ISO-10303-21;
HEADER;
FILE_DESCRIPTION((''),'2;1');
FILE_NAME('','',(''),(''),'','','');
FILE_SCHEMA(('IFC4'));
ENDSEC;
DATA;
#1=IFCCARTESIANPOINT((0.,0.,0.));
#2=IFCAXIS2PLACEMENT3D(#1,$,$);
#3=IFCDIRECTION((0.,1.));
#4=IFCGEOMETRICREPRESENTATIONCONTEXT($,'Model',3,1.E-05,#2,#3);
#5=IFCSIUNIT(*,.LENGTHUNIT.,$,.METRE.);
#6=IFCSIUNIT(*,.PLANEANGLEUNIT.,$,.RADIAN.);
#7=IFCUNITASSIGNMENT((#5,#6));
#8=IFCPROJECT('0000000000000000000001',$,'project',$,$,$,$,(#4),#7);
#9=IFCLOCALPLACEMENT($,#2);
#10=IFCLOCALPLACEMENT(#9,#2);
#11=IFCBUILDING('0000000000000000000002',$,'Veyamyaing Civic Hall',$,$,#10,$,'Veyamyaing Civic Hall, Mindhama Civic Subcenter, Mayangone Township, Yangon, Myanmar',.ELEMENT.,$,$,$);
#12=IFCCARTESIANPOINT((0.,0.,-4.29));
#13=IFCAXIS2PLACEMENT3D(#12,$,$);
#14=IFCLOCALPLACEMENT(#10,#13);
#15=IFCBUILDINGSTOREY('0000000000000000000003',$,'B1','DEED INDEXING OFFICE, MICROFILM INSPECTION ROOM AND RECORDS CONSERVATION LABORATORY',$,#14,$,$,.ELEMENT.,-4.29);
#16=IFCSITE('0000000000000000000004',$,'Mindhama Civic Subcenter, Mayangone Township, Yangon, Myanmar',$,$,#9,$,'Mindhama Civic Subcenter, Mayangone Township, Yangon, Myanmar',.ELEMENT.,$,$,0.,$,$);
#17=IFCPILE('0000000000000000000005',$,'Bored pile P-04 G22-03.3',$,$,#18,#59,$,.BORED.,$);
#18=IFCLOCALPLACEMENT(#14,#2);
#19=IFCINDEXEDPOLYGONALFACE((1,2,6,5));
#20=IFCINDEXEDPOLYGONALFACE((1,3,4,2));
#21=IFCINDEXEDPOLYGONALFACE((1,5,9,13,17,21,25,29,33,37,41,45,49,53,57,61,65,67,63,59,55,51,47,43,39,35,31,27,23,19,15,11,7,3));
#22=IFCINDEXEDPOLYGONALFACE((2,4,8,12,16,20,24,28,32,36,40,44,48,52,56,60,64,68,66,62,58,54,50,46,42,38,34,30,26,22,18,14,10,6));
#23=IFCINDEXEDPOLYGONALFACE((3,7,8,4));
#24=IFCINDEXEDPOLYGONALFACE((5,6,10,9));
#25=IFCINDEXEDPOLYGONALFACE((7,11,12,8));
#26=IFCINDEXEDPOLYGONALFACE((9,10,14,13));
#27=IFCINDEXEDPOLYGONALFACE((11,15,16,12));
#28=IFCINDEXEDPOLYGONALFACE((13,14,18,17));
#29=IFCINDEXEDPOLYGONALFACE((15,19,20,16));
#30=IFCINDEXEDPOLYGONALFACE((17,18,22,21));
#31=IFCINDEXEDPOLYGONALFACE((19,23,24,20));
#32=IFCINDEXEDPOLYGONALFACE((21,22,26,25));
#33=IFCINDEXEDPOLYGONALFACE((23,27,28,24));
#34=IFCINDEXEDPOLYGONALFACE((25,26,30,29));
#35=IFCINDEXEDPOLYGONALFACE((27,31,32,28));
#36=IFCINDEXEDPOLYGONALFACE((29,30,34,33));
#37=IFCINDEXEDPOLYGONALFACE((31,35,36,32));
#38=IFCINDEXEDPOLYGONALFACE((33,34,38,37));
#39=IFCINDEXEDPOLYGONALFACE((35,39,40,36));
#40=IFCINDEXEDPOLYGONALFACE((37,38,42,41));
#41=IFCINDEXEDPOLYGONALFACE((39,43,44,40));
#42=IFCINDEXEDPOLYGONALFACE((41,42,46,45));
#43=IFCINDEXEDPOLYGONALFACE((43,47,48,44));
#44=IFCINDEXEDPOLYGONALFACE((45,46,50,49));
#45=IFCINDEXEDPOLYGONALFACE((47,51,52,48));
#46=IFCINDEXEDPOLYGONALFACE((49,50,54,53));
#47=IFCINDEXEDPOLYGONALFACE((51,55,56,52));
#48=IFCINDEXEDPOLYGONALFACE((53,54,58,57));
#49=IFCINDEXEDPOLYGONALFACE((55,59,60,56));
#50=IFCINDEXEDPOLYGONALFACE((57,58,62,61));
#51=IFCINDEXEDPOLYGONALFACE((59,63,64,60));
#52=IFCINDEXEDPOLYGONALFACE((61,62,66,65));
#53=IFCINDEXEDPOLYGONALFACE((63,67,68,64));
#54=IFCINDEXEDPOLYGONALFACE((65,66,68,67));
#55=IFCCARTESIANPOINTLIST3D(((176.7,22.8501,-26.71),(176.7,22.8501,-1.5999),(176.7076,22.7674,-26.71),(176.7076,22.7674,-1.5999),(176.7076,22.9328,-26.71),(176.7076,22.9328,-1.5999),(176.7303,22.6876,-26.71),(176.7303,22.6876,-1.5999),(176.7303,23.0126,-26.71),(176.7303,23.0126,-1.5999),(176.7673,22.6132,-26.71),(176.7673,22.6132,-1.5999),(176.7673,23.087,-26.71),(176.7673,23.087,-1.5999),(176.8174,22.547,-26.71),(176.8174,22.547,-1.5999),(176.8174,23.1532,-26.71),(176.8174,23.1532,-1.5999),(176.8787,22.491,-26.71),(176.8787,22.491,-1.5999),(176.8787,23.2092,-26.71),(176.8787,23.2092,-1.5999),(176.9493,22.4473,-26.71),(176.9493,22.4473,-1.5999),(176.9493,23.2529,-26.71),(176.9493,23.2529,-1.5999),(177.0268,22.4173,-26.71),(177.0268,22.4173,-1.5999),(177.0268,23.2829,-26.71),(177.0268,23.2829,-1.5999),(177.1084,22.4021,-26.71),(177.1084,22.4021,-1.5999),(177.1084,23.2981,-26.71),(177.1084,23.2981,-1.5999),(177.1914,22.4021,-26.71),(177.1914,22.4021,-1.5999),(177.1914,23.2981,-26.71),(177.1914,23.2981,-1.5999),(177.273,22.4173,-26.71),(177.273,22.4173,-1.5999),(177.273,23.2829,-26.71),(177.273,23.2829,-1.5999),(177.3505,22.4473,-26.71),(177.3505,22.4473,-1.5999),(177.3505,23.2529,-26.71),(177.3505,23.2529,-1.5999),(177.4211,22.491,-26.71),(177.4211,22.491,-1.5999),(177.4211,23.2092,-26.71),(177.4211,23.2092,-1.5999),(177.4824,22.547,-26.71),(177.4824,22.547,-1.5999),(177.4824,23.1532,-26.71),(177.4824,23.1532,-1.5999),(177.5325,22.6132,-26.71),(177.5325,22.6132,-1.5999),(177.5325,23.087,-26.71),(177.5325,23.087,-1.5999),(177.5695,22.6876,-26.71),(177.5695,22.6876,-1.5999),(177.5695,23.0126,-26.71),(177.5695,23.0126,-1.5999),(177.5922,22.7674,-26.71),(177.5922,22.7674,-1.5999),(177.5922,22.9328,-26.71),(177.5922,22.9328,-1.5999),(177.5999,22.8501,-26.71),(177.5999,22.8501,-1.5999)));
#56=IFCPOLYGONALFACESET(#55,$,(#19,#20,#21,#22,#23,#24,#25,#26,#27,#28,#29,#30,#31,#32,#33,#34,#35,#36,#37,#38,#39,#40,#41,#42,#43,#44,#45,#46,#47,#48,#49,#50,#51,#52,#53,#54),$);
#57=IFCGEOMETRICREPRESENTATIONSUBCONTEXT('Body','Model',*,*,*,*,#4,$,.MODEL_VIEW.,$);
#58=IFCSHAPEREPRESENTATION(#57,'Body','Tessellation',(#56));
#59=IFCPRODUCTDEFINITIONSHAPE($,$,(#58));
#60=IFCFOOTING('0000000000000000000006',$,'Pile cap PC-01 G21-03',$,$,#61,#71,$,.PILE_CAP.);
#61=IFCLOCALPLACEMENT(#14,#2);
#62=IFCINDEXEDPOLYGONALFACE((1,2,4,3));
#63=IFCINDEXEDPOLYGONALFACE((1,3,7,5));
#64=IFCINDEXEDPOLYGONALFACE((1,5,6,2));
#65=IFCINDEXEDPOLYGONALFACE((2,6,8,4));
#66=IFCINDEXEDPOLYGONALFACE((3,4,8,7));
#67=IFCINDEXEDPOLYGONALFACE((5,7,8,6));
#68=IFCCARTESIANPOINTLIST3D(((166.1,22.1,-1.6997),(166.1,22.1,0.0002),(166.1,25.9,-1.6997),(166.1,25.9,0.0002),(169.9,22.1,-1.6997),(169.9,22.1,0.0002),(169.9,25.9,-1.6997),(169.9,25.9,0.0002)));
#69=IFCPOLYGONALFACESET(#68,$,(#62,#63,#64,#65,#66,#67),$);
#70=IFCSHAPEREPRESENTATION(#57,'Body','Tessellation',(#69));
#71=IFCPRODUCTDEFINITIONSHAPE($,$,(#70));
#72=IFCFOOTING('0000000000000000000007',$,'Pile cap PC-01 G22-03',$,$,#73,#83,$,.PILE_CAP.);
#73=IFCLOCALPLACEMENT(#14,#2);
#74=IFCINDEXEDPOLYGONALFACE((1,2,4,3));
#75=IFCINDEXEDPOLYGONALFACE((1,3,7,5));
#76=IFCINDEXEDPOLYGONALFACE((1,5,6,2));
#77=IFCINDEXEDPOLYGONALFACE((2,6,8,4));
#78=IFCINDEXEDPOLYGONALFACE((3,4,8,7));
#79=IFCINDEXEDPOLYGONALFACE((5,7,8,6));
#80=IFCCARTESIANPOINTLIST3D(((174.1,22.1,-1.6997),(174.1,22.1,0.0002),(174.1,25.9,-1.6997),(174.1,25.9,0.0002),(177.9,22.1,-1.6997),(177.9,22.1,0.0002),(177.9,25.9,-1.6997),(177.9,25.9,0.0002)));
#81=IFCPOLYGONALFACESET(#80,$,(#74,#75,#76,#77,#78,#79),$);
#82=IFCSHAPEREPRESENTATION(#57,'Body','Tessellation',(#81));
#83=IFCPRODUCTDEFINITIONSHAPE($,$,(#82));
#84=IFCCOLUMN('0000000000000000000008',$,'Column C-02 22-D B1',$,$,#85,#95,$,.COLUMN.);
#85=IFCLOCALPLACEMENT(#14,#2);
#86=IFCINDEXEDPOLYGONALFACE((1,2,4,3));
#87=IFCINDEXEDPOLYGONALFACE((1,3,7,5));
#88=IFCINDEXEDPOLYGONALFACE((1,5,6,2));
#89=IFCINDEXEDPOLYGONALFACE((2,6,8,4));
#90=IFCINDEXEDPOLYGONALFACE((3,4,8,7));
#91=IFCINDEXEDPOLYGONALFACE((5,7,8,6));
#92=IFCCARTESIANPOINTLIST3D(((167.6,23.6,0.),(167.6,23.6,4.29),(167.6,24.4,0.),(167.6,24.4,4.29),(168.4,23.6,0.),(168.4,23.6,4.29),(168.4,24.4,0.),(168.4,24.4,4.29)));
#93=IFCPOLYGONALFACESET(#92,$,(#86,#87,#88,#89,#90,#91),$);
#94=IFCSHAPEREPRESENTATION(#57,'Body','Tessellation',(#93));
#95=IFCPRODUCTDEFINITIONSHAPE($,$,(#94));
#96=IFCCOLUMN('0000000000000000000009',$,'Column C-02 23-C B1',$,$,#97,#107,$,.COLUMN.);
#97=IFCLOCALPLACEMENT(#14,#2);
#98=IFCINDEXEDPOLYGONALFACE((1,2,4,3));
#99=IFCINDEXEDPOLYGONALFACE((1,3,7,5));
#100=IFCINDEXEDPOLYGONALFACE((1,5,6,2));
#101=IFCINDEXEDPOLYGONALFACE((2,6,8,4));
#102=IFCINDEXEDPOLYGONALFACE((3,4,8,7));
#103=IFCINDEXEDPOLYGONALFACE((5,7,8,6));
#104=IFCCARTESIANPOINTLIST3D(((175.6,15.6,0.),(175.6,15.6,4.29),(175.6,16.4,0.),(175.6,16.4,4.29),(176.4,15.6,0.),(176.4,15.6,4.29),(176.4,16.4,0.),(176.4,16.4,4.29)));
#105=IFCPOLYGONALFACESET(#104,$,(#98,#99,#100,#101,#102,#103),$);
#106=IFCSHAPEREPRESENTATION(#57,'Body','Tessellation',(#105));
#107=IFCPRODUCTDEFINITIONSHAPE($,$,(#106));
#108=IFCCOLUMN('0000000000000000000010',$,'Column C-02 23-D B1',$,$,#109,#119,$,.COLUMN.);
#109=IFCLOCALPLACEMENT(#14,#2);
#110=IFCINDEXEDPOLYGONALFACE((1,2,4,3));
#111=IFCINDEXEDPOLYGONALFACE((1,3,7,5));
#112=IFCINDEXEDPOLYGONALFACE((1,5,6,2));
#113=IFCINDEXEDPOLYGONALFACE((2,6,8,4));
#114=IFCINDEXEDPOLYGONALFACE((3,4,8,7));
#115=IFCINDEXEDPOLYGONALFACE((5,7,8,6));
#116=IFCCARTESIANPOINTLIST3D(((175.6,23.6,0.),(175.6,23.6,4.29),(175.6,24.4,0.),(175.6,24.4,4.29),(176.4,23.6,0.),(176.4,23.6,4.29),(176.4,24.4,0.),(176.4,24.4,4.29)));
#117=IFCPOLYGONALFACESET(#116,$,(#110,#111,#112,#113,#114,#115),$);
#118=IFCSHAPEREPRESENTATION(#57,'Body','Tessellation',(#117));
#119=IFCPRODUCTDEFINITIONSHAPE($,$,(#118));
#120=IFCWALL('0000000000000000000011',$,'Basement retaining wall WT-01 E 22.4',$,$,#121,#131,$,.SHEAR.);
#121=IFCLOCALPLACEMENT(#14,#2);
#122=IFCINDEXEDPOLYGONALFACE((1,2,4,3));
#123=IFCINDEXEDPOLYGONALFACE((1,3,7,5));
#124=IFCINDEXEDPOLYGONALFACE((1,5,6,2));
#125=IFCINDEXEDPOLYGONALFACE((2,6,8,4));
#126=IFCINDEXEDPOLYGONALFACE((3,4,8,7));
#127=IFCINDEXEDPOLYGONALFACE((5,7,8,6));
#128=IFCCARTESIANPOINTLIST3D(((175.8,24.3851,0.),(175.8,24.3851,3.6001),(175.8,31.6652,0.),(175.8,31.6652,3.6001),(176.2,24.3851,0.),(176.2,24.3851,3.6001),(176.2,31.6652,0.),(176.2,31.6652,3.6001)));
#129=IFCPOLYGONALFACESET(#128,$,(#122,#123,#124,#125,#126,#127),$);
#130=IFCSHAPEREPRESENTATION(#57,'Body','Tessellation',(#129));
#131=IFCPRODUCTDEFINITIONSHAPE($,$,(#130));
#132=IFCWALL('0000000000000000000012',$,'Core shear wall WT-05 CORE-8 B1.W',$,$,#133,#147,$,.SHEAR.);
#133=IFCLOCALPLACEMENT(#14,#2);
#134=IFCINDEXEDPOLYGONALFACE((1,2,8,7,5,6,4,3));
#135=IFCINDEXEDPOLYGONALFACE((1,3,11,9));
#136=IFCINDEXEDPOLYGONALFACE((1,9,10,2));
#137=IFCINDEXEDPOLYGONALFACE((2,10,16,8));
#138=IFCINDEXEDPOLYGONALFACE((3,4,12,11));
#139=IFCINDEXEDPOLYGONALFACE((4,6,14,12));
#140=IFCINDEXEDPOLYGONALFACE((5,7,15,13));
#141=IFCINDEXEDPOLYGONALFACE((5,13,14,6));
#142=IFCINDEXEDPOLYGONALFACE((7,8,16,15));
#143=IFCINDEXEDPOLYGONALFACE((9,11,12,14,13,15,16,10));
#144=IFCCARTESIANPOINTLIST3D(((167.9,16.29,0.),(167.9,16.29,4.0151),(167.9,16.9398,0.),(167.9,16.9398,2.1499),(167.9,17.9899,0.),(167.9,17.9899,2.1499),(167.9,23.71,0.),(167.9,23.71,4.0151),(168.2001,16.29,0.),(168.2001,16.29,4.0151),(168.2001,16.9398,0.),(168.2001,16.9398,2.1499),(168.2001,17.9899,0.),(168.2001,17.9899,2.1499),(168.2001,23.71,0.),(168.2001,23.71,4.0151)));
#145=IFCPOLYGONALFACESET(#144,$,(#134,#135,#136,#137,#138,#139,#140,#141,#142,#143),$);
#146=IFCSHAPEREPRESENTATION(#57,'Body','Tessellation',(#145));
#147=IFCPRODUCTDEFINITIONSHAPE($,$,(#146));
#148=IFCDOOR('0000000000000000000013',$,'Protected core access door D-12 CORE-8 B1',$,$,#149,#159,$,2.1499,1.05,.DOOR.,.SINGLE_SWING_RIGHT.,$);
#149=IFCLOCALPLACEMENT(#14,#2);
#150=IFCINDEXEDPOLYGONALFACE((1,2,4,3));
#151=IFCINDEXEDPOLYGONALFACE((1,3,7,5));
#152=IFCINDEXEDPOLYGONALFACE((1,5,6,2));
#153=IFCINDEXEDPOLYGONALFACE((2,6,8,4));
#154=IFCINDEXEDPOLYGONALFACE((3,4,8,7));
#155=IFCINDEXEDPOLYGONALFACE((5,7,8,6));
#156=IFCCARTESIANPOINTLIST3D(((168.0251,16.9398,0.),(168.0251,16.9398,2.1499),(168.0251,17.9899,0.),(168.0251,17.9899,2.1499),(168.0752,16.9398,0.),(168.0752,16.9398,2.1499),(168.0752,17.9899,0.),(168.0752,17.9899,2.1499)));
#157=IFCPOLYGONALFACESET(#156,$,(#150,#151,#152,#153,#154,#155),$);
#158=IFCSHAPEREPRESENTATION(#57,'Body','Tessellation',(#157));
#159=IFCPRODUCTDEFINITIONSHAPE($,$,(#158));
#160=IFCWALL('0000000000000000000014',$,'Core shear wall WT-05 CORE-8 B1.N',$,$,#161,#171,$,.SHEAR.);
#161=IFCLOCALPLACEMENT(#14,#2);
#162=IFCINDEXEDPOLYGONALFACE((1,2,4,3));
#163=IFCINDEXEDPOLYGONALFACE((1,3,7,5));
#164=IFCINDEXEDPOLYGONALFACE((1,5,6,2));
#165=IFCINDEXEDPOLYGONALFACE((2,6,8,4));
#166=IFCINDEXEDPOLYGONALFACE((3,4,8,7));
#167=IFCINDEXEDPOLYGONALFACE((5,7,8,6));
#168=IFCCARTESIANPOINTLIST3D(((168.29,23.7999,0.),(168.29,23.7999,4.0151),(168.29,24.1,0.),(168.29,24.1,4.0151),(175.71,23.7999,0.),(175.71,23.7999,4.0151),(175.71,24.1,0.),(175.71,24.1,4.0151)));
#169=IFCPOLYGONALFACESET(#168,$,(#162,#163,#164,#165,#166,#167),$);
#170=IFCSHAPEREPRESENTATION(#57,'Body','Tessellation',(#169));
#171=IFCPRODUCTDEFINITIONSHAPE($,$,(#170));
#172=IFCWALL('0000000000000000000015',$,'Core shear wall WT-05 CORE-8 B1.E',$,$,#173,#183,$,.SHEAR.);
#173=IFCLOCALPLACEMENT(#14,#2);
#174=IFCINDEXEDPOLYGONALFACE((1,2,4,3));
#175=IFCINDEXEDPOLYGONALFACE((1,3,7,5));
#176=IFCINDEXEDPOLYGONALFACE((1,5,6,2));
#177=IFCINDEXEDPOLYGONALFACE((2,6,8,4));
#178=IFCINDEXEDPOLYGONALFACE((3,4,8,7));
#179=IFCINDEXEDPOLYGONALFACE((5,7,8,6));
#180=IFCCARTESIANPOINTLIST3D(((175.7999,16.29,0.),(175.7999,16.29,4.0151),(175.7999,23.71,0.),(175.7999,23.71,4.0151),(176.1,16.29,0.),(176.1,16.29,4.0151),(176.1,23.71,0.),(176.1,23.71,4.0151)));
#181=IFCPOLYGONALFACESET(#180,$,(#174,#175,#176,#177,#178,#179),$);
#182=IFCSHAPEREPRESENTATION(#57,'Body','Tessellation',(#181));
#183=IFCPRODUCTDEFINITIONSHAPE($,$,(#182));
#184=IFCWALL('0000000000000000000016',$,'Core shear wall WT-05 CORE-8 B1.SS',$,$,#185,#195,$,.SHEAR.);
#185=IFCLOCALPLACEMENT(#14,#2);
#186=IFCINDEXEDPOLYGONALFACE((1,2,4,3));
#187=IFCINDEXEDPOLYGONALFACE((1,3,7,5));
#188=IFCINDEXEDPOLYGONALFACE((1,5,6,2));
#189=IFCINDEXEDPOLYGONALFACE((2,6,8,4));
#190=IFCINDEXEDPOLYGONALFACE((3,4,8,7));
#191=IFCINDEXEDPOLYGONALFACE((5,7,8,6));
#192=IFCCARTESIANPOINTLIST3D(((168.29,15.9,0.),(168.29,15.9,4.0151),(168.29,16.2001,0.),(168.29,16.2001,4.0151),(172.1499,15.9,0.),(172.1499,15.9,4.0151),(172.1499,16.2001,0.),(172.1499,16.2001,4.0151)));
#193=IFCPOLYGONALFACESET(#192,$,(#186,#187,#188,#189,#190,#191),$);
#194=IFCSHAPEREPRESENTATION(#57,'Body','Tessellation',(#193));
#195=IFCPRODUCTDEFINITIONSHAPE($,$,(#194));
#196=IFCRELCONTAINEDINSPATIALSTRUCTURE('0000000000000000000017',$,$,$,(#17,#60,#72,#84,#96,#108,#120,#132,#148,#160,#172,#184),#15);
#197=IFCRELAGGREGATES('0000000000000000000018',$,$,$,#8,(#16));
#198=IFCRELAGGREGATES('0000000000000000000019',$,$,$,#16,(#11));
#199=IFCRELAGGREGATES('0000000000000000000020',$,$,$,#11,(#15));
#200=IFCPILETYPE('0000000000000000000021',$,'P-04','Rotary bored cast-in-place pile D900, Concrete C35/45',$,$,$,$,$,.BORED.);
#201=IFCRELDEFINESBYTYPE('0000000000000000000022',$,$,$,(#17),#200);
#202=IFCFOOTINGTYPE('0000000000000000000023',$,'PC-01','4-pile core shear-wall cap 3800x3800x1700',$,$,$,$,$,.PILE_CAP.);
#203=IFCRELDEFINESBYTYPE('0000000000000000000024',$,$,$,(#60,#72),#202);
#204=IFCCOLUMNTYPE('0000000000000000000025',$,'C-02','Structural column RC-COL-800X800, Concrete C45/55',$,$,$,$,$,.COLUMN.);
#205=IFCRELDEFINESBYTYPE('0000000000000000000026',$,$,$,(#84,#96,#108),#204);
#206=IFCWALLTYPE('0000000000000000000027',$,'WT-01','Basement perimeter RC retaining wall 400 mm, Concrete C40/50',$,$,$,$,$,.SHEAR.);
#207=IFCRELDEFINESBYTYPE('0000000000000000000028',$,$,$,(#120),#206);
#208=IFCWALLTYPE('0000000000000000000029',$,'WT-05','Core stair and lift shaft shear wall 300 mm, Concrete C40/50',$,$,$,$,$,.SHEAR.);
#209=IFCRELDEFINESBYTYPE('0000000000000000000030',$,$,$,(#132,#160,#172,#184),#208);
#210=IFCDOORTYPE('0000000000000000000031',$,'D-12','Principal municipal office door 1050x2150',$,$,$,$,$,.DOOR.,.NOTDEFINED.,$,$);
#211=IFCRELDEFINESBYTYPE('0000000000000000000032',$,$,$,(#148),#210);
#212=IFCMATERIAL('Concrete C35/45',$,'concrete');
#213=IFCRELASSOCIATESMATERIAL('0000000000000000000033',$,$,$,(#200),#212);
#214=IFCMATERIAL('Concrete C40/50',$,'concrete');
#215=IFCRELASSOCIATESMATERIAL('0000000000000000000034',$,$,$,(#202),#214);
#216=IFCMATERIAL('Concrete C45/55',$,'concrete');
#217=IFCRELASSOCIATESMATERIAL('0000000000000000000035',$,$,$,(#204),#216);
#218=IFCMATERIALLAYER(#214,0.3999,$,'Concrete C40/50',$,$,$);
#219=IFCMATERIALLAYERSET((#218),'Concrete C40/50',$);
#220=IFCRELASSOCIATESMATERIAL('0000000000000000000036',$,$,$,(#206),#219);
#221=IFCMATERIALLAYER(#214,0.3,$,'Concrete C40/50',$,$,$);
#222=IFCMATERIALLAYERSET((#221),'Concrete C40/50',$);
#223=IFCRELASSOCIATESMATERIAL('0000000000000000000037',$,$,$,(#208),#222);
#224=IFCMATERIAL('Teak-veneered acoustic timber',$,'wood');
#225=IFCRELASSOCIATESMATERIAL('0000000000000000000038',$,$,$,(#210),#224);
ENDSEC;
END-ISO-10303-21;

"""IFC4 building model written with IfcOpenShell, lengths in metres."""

from ifc_helpers import new_model, si_unit, direction, frame, frame_2d, origin, origin_2d, place, context, subcontext, project, spatial, rectangle, circle, extrude, material, layer, layer_set, material_profile, profile_set, type_object, element, fill, save


model = new_model("IFC4")

# Units and contexts
model_context = context("Model", 3, precision=1e-05, world=origin(), true_north=direction((0.0, 1.0)))
body_context = subcontext(model_context, "Body", "Model", "MODEL_VIEW")
ifc_project = project(units=[si_unit("LENGTHUNIT", "METRE"), si_unit("PLANEANGLEUNIT", "RADIAN")], contexts=[model_context])

# Site, building, storey
site_placement = place(None, origin())
site = spatial("IfcSite", under=ifc_project, at=site_placement, Name="Mindhama Civic Subcenter, Mayangone Township, Yangon, Myanmar", LongName="Mindhama Civic Subcenter, Mayangone Township, Yangon, Myanmar", CompositionType="ELEMENT", RefElevation=0.0)
building_placement = place(site_placement, origin())
building = spatial("IfcBuilding", under=site, at=building_placement, Name="Veyamyaing Civic Hall", LongName="Veyamyaing Civic Hall, Mindhama Civic Subcenter, Mayangone Township, Yangon, Myanmar", CompositionType="ELEMENT")
storey_placement = place(building_placement, frame((0.0, 0.0, -4.29)))
storey = spatial("IfcBuildingStorey", under=building, at=storey_placement, Name="B1", Description="DEED INDEXING OFFICE, MICROFILM INSPECTION ROOM AND RECORDS CONSERVATION LABORATORY", CompositionType="ELEMENT", Elevation=-4.29)

# Shared definitions
ifc_material_1 = material(Name="Concrete C40/50", Category="concrete")

# Pile
ifc_material_2 = material(Name="Concrete C35/45", Category="concrete")
ifc_material_profile_1 = material_profile(ifc_material_2, circle(Radius=0.45, at=origin_2d()), Name="PILE-D900")
ifc_profile_set_1 = profile_set([ifc_material_profile_1], Name="Concrete C35/45")
pile_type = type_object("IfcPileType", Name="P-04", Description="Rotary bored cast-in-place pile D900, Concrete C35/45", PredefinedType="BORED", material=ifc_profile_set_1)
for number, where, z_axis, x_axis, name in (
    (1, (177.1499, 22.8501, -1.5999), (0.0, 0.0, -1.0), (1.0, 0.0, 0.0), "Bored pile P-04 G22-03.3"),
):
    element("IfcPile", number, at=place(storey_placement, frame(where, z_axis=z_axis, x_axis=x_axis)), inside=storey, type_object=pile_type, Name=name, PredefinedType="BORED", context=body_context, shape_type="SweptSolid", body=[
        extrude(circle(Radius=0.45, at=origin_2d()), origin(), (0.0, 0.0, 1.0), 25.1101),
    ])

# Footings
footing_type_1 = type_object("IfcFootingType", Name="PC-01", Description="4-pile core shear-wall cap 3800x3800x1700", PredefinedType="PILE_CAP", material=ifc_material_1)
for number, where, z_axis, x_axis, name in (
    (2, (168.0, 24.0, -1.6997), (0.0, 0.0, 1.0), (1.0, 0.0, 0.0), "Pile cap PC-01 G21-03"),
    (3, (176.0, 24.0, -1.6997), (0.0, 0.0, 1.0), (1.0, 0.0, 0.0), "Pile cap PC-01 G22-03"),
):
    element("IfcFooting", number, at=place(storey_placement, frame(where, z_axis=z_axis, x_axis=x_axis)), inside=storey, type_object=footing_type_1, Name=name, PredefinedType="PILE_CAP", context=body_context, shape_type="SweptSolid", body=[
        extrude(rectangle(XDim=3.8, YDim=3.8, at=origin_2d()), origin(), (0.0, 0.0, 1.0), 1.7),
    ])

# Columns
ifc_material_3 = material(Name="Concrete C45/55", Category="concrete")
ifc_material_profile_2 = material_profile(ifc_material_3, rectangle(XDim=0.8, YDim=0.8, at=origin_2d()), Name="RC-COL-800X800")
ifc_profile_set_2 = profile_set([ifc_material_profile_2], Name="Concrete C45/55")
column_type = type_object("IfcColumnType", Name="C-02", Description="Structural column RC-COL-800X800, Concrete C45/55", PredefinedType="COLUMN", material=ifc_profile_set_2)
for number, where, z_axis, x_axis, name in (
    (4, (168.0, 24.0, 0.0), (0.0, 0.0, 1.0), (1.0, 0.0, 0.0), "Column C-02 22-D B1"),
    (5, (176.0, 16.0, 0.0), (0.0, 0.0, 1.0), (1.0, 0.0, 0.0), "Column C-02 23-C B1"),
    (6, (176.0, 24.0, 0.0), (0.0, 0.0, 1.0), (1.0, 0.0, 0.0), "Column C-02 23-D B1"),
):
    element("IfcColumn", number, at=place(storey_placement, frame(where, z_axis=z_axis, x_axis=x_axis)), inside=storey, type_object=column_type, Name=name, PredefinedType="COLUMN", context=body_context, shape_type="SweptSolid", body=[
        extrude(rectangle(XDim=0.8, YDim=0.8, at=origin_2d()), origin(), (0.0, 0.0, 1.0), 4.29),
    ])

# Wall
ifc_layer_1 = layer(ifc_material_1, 0.3999, Name="Concrete C40/50")
ifc_layer_set_1 = layer_set([ifc_layer_1], Name="Concrete C40/50")
wall_type_1 = type_object("IfcWallType", Name="WT-01", Description="Basement perimeter RC retaining wall 400 mm, Concrete C40/50", PredefinedType="SHEAR", material=ifc_layer_set_1)
wall_1_placement = place(storey_placement, frame((176.0, 24.385, 0.0), z_axis=(0.0, 0.0, 1.0), x_axis=(0.0, 1.0, 0.0)))
element("IfcWall", 7, at=wall_1_placement, inside=storey, type_object=wall_type_1, Name="Basement retaining wall WT-01 E 22.4", PredefinedType="SHEAR", context=body_context, shape_type="SweptSolid", body=[
    extrude(rectangle(XDim=7.28, YDim=0.3999, at=frame_2d((3.6401, 0.0))), origin(), (0.0, 0.0, 1.0), 3.6001),
])

# Wall, opening, door
ifc_layer_2 = layer(ifc_material_1, 0.3, Name="Concrete C40/50")
ifc_layer_set_2 = layer_set([ifc_layer_2], Name="Concrete C40/50")
wall_type_2 = type_object("IfcWallType", Name="WT-05", Description="Core stair and lift shaft shear wall 300 mm, Concrete C40/50", PredefinedType="SHEAR", material=ifc_layer_set_2)
wall_2_placement = place(storey_placement, frame((168.05, 16.29, 0.0), z_axis=(0.0, 0.0, 1.0), x_axis=(0.0, 1.0, 0.0)))
wall_2 = element("IfcWall", 8, at=wall_2_placement, inside=storey, type_object=wall_type_2, Name="Core shear wall WT-05 CORE-8 B1.W", PredefinedType="SHEAR", context=body_context, shape_type="SweptSolid", body=[
    extrude(rectangle(XDim=7.4199, YDim=0.3, at=frame_2d((3.71, 0.0))), origin(), (0.0, 0.0, 1.0), 4.0151),
])
opening_1_placement = place(wall_2_placement, frame((0.6499, 0.0, 0.0)))
opening_1 = element("IfcOpeningElement", 9, at=opening_1_placement, cuts=wall_2, PredefinedType="OPENING", context=body_context, shape_type="SweptSolid", body=[
    extrude(rectangle(XDim=1.05, YDim=2.1499, at=frame_2d((0.5249, 1.075))), frame((0.0, 0.1599, 0.0), z_axis=(0.0, -1.0, 0.0), x_axis=(1.0, 0.0, 0.0)), (0.0, 0.0, 1.0), 0.3201),
])
ifc_material_4 = material(Name="Teak-veneered acoustic timber", Category="wood")
door_type_1 = type_object("IfcDoorType", Name="D-12", Description="Principal municipal office door 1050x2150", OperationType="NOTDEFINED", PredefinedType="DOOR", material=ifc_material_4)
door_1_placement = place(opening_1_placement, origin())
door_1 = element("IfcDoor", 10, at=door_1_placement, inside=storey, type_object=door_type_1, Name="Protected core access door D-12 CORE-8 B1", OperationType="SINGLE_SWING_RIGHT", OverallHeight=2.1499, OverallWidth=1.05, PredefinedType="DOOR", context=body_context, shape_type="SweptSolid", body=[
    extrude(rectangle(XDim=1.05, YDim=2.1499, at=frame_2d((0.5249, 1.075))), frame((0.0, 0.0249, 0.0), z_axis=(0.0, -1.0, 0.0), x_axis=(1.0, 0.0, 0.0)), (0.0, 0.0, 1.0), 0.05),
])
fill(opening_1, door_1)

# Walls
for number, where, z_axis, x_axis, name in (
    (11, (168.29, 23.95, 0.0), (0.0, 0.0, 1.0), (1.0, 0.0, 0.0), "Core shear wall WT-05 CORE-8 B1.N"),
    (12, (175.95, 16.29, 0.0), (0.0, 0.0, 1.0), (0.0, 1.0, 0.0), "Core shear wall WT-05 CORE-8 B1.E"),
):
    element("IfcWall", number, at=place(storey_placement, frame(where, z_axis=z_axis, x_axis=x_axis)), inside=storey, type_object=wall_type_2, Name=name, PredefinedType="SHEAR", context=body_context, shape_type="SweptSolid", body=[
        extrude(rectangle(XDim=7.4199, YDim=0.3, at=frame_2d((3.71, 0.0))), origin(), (0.0, 0.0, 1.0), 4.0151),
    ])
wall_3_placement = place(storey_placement, frame((168.29, 16.05, 0.0), z_axis=(0.0, 0.0, 1.0), x_axis=(1.0, 0.0, 0.0)))
element("IfcWall", 13, at=wall_3_placement, inside=storey, type_object=wall_type_2, Name="Core shear wall WT-05 CORE-8 B1.SS", PredefinedType="SHEAR", context=body_context, shape_type="SweptSolid", body=[
    extrude(rectangle(XDim=3.8599, YDim=0.3, at=frame_2d((1.9299, 0.0))), origin(), (0.0, 0.0, 1.0), 4.0151),
])

save(model, "model.ifc")
